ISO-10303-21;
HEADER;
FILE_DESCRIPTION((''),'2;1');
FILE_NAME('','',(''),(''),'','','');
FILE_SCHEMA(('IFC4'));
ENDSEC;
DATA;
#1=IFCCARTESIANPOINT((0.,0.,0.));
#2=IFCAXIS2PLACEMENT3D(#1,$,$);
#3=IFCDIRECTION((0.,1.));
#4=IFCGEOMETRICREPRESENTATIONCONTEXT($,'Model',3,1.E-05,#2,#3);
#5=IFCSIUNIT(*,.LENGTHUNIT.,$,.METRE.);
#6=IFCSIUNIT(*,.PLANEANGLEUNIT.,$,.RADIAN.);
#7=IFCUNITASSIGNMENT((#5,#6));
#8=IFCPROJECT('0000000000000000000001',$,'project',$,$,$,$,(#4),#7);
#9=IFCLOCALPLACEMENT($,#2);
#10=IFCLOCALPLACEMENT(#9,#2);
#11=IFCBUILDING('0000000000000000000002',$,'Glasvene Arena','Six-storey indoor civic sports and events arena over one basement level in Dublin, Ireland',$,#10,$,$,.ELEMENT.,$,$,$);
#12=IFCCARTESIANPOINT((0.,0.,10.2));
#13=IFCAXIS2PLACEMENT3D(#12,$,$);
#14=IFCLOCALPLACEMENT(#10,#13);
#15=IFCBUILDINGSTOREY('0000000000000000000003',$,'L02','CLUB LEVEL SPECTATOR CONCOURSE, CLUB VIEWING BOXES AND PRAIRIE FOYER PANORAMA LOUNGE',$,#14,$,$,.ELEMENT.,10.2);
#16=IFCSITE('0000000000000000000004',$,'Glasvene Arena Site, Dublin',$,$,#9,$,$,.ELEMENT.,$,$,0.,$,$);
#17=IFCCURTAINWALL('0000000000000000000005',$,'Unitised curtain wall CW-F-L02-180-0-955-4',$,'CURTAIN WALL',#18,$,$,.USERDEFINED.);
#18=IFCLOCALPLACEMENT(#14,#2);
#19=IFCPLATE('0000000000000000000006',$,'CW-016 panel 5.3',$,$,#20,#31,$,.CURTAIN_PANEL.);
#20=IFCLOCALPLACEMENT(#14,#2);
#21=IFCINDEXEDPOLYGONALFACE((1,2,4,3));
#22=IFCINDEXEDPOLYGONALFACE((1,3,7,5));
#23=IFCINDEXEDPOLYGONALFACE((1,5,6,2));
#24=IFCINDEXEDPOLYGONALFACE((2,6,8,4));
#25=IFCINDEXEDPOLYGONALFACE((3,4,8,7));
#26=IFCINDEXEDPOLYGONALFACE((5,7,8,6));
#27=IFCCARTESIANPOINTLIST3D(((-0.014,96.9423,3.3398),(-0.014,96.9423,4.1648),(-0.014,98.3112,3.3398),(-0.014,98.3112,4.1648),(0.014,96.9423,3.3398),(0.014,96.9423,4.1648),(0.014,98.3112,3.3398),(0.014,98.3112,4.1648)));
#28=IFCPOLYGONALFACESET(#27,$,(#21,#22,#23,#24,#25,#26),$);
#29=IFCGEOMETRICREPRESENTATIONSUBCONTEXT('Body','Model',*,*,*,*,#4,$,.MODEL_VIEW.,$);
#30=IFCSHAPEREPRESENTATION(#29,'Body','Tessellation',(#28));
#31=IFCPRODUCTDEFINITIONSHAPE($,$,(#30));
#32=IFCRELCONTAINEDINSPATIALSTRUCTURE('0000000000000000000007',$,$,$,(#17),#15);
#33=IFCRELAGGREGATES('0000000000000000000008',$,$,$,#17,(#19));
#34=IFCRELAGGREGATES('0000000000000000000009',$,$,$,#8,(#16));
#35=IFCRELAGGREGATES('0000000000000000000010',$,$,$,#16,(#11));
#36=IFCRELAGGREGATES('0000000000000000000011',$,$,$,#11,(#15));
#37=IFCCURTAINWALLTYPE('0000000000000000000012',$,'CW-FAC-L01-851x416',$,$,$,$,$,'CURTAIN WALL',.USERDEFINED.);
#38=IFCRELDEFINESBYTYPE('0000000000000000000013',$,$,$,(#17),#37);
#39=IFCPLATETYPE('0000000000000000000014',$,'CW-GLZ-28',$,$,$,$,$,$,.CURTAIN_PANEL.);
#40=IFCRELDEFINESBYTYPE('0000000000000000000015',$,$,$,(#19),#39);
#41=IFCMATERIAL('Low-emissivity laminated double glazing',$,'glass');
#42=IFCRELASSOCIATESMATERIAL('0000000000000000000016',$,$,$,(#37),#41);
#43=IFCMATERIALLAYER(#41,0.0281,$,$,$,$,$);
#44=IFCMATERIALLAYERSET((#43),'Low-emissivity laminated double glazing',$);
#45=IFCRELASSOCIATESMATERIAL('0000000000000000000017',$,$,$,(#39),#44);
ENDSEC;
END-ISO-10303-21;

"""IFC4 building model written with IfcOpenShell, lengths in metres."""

from ifc_helpers import new_model, si_unit, direction, frame, origin, origin_2d, place, context, subcontext, project, spatial, rectangle, extrude, material, layer, layer_set, type_object, element, aggregate, save


model = new_model("IFC4")

# Units and contexts
model_context = context("Model", 3, precision=1e-05, world=origin(), true_north=direction((0.0, 1.0)))
body_context = subcontext(model_context, "Body", "Model", "MODEL_VIEW")
ifc_project = project(units=[si_unit("LENGTHUNIT", "METRE"), si_unit("PLANEANGLEUNIT", "RADIAN")], contexts=[model_context])

# Site, building, storey
site_placement = place(None, origin())
site = spatial("IfcSite", under=ifc_project, at=site_placement, Name="Glasvene Arena Site, Dublin", CompositionType="ELEMENT", RefElevation=0.0)
building_placement = place(site_placement, origin())
building = spatial("IfcBuilding", under=site, at=building_placement, Name="Glasvene Arena", Description="Six-storey indoor civic sports and events arena over one basement level in Dublin, Ireland", CompositionType="ELEMENT")
storey_placement = place(building_placement, frame((0.0, 0.0, 10.2)))
storey = spatial("IfcBuildingStorey", under=building, at=storey_placement, Name="L02", Description="CLUB LEVEL SPECTATOR CONCOURSE, CLUB VIEWING BOXES AND PRAIRIE FOYER PANORAMA LOUNGE", CompositionType="ELEMENT", Elevation=10.2)

# Curtain wall, plate
ifc_material_1 = material(Name="Low-emissivity laminated double glazing", Category="glass")
curtain_wall_type = type_object("IfcCurtainWallType", Name="CW-FAC-L01-851x416", ElementType="CURTAIN WALL", PredefinedType="USERDEFINED", material=ifc_material_1)
curtain_wall_placement = place(storey_placement, frame((0.0, 91.2419, 0.0)))
curtain_wall = element("IfcCurtainWall", 1, at=curtain_wall_placement, inside=storey, type_object=curtain_wall_type, Name="Unitised curtain wall CW-F-L02-180-0-955-4", ObjectType="CURTAIN WALL", PredefinedType="USERDEFINED")
ifc_layer = layer(ifc_material_1, 0.0281)
ifc_layer_set = layer_set([ifc_layer], Name="Low-emissivity laminated double glazing")
plate_type = type_object("IfcPlateType", Name="CW-GLZ-28", PredefinedType="CURTAIN_PANEL", material=ifc_layer_set)
plate_1_placement = place(storey_placement, frame((0.0, 97.6267, 3.3398), z_axis=(0.0, 0.0, 1.0), x_axis=(0.0, 1.0, 0.0)))
plate_1 = element("IfcPlate", 2, at=plate_1_placement, type_object=plate_type, Name="CW-016 panel 5.3", PredefinedType="CURTAIN_PANEL", context=body_context, shape_type="SweptSolid", body=[
    extrude(rectangle(XDim=1.3689, YDim=0.0281, at=origin_2d()), origin(), (0.0, 0.0, 1.0), 0.825),
])
aggregate(curtain_wall, [plate_1])

save(model, "model.ifc")
